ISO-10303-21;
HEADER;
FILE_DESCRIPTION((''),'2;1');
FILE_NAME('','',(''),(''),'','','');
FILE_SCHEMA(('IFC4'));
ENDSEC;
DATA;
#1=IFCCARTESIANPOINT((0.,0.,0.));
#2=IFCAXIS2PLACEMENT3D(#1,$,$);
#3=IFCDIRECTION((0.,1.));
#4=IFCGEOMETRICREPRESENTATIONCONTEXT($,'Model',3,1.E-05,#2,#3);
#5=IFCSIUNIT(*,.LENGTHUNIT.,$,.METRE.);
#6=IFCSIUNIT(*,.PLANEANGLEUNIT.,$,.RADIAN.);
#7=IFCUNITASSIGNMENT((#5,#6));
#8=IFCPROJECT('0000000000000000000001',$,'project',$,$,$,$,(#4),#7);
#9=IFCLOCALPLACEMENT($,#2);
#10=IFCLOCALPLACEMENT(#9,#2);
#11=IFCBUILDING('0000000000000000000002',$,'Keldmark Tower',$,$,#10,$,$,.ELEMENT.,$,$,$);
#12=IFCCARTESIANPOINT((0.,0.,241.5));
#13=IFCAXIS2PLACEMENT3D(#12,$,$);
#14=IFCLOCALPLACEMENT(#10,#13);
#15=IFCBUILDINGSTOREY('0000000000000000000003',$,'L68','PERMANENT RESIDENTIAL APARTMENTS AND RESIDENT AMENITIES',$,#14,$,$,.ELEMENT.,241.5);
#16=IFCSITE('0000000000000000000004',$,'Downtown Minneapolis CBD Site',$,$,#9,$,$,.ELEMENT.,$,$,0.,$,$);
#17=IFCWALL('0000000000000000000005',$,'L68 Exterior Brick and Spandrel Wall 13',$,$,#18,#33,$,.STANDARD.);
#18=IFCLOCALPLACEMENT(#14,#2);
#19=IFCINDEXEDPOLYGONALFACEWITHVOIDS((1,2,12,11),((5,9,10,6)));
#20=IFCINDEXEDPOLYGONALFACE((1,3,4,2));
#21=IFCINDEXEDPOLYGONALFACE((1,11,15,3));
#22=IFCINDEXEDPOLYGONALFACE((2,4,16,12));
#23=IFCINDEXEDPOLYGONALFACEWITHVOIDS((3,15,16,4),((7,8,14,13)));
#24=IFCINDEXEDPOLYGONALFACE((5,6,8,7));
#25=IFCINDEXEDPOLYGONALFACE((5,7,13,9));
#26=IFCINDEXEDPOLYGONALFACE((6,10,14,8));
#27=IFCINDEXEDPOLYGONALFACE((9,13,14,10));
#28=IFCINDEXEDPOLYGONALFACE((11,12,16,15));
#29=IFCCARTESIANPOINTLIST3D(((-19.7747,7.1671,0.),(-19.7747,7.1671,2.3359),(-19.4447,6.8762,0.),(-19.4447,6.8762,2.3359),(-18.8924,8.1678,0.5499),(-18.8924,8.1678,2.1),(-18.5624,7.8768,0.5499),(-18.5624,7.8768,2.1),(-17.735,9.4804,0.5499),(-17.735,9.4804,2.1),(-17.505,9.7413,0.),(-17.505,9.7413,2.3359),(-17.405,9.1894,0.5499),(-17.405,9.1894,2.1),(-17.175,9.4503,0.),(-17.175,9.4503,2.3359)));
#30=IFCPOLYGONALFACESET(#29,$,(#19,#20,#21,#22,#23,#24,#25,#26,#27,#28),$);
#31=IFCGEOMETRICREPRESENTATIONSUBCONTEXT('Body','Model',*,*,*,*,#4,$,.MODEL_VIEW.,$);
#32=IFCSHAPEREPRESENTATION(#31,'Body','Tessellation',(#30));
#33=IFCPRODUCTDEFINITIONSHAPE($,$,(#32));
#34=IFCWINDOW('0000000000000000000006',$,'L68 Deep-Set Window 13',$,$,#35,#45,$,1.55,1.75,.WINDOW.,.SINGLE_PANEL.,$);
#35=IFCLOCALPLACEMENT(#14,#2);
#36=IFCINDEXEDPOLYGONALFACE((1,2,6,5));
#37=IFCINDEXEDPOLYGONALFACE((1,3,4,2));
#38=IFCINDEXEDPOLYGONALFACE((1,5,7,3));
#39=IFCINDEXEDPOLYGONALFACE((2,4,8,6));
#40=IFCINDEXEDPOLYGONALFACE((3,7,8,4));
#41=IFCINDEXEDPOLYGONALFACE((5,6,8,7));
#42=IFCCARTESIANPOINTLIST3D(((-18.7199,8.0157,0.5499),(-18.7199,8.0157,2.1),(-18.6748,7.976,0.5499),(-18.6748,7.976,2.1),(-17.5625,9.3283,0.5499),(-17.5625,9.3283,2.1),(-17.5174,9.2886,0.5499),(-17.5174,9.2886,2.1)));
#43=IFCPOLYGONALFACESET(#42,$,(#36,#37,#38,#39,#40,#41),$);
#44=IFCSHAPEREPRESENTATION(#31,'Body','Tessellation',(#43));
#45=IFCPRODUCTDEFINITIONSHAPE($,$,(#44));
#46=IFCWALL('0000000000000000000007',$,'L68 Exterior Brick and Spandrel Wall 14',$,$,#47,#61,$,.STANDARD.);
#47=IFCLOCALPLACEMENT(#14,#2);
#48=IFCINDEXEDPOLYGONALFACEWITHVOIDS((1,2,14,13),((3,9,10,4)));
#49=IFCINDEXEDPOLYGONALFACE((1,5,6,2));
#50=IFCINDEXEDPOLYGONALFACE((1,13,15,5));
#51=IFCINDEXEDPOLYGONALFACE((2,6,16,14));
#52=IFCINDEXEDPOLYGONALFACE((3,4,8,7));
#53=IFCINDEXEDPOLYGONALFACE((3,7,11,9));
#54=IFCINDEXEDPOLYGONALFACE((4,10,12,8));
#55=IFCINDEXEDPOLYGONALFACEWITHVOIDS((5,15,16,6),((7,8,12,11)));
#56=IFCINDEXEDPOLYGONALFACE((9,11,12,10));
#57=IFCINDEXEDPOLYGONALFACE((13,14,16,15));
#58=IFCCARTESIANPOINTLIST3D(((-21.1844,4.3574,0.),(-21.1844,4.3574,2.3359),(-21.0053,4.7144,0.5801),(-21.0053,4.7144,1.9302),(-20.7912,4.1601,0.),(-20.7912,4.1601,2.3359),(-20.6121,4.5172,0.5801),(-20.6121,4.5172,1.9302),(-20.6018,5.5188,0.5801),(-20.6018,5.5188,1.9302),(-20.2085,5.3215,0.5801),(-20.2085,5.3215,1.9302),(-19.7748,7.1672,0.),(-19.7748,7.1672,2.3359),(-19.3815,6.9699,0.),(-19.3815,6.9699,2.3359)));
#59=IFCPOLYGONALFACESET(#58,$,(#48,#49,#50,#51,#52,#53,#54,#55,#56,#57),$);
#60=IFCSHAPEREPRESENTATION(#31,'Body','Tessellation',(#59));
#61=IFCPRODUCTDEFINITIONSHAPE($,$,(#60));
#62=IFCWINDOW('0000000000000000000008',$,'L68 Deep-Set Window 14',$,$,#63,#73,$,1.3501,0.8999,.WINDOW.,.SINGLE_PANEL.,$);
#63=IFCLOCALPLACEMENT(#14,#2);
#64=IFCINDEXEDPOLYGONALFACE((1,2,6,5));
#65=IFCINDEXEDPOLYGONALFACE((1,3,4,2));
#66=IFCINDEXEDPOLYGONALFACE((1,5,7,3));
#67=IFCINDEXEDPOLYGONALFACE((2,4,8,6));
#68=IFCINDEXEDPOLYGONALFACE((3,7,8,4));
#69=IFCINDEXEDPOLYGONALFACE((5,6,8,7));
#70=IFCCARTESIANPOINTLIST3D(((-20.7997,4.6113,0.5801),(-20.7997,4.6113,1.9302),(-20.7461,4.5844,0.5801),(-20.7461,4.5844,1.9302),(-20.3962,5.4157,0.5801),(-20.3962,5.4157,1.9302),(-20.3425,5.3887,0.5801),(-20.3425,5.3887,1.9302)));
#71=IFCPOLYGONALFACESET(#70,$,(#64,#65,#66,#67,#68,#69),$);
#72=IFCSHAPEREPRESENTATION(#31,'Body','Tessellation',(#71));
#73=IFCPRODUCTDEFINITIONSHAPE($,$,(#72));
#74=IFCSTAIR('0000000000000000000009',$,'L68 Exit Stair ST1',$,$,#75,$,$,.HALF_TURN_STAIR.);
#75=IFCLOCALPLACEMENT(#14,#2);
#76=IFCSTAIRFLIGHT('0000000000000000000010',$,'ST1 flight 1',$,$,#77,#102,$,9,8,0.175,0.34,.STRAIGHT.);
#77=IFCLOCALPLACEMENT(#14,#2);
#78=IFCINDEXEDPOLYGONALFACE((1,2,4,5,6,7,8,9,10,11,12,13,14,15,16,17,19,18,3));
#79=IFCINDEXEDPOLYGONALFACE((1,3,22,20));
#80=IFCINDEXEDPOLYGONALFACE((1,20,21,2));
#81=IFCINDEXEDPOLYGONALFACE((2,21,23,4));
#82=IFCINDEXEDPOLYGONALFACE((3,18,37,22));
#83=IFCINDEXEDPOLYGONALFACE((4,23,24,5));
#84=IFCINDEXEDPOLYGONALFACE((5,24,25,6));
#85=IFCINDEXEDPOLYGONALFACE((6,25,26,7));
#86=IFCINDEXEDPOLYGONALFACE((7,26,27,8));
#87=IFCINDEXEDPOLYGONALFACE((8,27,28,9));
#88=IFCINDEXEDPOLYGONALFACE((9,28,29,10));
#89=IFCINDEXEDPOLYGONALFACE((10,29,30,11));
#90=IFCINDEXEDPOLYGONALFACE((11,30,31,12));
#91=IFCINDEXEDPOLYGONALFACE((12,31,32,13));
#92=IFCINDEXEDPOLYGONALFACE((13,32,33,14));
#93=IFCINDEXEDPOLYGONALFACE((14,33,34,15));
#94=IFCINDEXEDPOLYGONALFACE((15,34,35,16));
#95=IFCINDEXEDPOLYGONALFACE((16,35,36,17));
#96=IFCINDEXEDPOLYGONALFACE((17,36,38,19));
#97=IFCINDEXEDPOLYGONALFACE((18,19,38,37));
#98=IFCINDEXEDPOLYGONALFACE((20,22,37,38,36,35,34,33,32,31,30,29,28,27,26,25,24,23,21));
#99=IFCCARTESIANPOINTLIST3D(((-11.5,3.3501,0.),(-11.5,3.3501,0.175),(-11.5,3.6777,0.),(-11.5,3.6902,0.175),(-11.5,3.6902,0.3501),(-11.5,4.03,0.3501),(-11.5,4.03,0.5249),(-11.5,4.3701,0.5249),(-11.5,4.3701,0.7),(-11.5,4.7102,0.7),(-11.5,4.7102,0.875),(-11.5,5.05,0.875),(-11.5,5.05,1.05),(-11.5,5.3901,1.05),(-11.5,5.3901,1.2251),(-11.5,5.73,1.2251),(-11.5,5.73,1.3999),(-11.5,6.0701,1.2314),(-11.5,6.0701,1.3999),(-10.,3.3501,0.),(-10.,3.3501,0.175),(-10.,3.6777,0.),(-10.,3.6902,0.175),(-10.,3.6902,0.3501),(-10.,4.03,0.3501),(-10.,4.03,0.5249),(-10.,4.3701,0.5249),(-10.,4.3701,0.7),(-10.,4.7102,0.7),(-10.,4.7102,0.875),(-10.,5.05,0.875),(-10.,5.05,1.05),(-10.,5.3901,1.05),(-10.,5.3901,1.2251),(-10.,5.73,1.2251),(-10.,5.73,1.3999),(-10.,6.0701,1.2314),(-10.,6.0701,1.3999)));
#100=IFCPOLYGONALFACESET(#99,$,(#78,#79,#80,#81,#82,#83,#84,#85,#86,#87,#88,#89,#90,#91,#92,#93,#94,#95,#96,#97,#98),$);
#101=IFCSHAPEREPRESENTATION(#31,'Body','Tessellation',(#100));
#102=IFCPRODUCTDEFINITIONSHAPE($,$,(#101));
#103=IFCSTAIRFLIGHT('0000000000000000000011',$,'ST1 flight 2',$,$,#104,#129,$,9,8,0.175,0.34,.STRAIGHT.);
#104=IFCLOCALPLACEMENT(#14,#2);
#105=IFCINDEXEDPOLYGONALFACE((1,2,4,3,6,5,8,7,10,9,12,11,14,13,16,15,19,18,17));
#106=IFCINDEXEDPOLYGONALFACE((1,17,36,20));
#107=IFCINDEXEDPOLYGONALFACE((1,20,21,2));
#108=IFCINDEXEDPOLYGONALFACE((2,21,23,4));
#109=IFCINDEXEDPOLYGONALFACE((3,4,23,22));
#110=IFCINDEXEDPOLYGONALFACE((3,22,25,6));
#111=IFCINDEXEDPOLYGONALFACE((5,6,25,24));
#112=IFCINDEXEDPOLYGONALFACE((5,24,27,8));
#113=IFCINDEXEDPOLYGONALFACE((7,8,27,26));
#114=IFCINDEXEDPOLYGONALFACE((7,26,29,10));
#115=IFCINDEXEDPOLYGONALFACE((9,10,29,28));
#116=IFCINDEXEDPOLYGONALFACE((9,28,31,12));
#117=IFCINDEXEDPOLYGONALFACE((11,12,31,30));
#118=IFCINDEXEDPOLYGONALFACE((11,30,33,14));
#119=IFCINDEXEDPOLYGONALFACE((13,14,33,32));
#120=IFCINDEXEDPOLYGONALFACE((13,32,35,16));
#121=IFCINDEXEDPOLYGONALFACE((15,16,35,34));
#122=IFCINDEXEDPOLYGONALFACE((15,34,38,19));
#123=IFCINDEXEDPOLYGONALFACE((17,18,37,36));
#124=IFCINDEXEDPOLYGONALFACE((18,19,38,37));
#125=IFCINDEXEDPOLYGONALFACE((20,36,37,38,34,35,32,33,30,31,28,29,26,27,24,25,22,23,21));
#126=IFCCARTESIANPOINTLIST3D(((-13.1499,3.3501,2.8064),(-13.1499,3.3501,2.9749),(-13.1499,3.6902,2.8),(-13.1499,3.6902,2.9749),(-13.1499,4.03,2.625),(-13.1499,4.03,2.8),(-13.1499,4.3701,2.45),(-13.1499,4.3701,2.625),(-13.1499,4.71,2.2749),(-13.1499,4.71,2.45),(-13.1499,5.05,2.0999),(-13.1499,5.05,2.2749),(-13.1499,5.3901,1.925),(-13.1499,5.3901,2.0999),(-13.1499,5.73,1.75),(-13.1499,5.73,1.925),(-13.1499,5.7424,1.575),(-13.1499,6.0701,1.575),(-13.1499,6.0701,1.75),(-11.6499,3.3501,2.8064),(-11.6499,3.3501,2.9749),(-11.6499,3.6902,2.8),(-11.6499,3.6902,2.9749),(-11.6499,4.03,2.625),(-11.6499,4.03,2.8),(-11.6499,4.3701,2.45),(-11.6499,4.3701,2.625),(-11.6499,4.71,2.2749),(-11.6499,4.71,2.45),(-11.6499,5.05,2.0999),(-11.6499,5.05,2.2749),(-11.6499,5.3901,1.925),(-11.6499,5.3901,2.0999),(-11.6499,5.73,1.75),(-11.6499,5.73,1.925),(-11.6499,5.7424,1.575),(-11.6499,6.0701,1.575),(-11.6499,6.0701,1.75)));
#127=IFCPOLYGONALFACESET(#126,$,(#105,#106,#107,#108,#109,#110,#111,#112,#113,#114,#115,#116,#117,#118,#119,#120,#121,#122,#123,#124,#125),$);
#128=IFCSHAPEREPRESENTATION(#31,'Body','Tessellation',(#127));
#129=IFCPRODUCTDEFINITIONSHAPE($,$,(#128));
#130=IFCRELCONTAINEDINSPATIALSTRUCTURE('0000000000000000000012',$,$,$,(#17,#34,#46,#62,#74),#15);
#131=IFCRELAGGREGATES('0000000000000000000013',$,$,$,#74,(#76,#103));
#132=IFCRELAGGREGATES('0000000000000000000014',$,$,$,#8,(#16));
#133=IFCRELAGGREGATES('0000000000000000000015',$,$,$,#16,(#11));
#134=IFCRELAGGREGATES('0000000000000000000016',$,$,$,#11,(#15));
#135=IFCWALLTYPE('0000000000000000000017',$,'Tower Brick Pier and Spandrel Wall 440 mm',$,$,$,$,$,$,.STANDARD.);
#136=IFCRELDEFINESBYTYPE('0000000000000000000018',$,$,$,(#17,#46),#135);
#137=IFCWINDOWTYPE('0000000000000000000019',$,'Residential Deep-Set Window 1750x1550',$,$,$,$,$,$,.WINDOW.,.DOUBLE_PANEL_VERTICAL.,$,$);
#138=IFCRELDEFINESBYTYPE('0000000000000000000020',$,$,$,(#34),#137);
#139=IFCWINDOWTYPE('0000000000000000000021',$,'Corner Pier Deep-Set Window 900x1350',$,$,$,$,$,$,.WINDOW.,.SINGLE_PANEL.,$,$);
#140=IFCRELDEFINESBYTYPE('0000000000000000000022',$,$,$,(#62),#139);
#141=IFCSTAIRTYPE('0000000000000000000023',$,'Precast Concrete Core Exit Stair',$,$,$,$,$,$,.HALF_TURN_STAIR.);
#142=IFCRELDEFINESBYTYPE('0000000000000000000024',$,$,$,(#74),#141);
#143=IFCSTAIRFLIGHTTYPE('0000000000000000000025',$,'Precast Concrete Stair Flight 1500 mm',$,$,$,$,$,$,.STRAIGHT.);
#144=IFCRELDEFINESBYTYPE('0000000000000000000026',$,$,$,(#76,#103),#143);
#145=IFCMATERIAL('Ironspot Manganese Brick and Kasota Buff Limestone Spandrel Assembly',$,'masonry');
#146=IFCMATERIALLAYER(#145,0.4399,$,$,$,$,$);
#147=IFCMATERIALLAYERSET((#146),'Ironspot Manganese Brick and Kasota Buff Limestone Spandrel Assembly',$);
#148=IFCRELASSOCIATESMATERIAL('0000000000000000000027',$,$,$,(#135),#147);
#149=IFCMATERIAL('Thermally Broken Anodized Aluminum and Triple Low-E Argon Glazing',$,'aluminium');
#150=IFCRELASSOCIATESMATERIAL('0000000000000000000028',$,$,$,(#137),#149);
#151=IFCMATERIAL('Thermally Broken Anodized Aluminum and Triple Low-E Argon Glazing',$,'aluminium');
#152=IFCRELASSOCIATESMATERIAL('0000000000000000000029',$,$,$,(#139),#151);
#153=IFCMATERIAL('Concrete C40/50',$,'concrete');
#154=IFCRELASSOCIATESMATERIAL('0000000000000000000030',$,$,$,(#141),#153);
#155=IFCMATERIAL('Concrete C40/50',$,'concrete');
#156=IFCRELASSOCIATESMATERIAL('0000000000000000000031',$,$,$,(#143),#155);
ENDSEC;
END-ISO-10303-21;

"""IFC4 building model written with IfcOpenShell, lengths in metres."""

from ifc_helpers import new_model, si_unit, direction, frame, frame_2d, origin, place, context, subcontext, project, spatial, polyline, rectangle, outline, extrude, material, layer, layer_set, type_object, element, fill, aggregate, save


model = new_model("IFC4")

# Units and contexts
model_context = context("Model", 3, precision=1e-05, world=origin(), true_north=direction((0.0, 1.0)))
body_context = subcontext(model_context, "Body", "Model", "MODEL_VIEW")
ifc_project = project(units=[si_unit("LENGTHUNIT", "METRE"), si_unit("PLANEANGLEUNIT", "RADIAN")], contexts=[model_context])

# Site, building, storey
site_placement = place(None, origin())
site = spatial("IfcSite", under=ifc_project, at=site_placement, Name="Downtown Minneapolis CBD Site", CompositionType="ELEMENT", RefElevation=0.0)
building_placement = place(site_placement, origin())
building = spatial("IfcBuilding", under=site, at=building_placement, Name="Keldmark Tower", CompositionType="ELEMENT")
storey_placement = place(building_placement, frame((0.0, 0.0, 241.5)))
storey = spatial("IfcBuildingStorey", under=building, at=storey_placement, Name="L68", Description="PERMANENT RESIDENTIAL APARTMENTS AND RESIDENT AMENITIES", CompositionType="ELEMENT", Elevation=241.5)

# Walls, openings, windows
ifc_material_1 = material(Name="Ironspot Manganese Brick and Kasota Buff Limestone Spandrel Assembly", Category="masonry")
ifc_layer_1 = layer(ifc_material_1, 0.4399)
ifc_layer_set_1 = layer_set([ifc_layer_1], Name="Ironspot Manganese Brick and Kasota Buff Limestone Spandrel Assembly")
wall_type_1 = type_object("IfcWallType", Name="Tower Brick Pier and Spandrel Wall 440 mm", PredefinedType="STANDARD", material=ifc_layer_set_1)
wall_1_placement = place(storey_placement, frame((-19.6096, 7.0217, 0.0), z_axis=(0.0, 0.0, 1.0), x_axis=(0.66136, 0.750068, 0.0)))
wall_1 = element("IfcWall", 1, at=wall_1_placement, inside=storey, type_object=wall_type_1, Name="L68 Exterior Brick and Spandrel Wall 13", PredefinedType="STANDARD", context=body_context, shape_type="SweptSolid", body=[
    extrude(rectangle(XDim=3.4319, YDim=0.4399, at=frame_2d((1.7158, 0.0))), origin(), (0.0, 0.0, 1.0), 2.3359),
])
opening_1_placement = place(wall_1_placement, frame((1.334, 0.0, 0.55)))
opening_1 = element("IfcOpeningElement", 2, at=opening_1_placement, cuts=wall_1, PredefinedType="OPENING", context=body_context, shape_type="SweptSolid", body=[
    extrude(rectangle(XDim=1.75, YDim=1.55, at=frame_2d((0.875, 0.7749))), frame((0.0, 0.23, 0.0), z_axis=(0.0, -1.0, 0.0), x_axis=(1.0, 0.0, 0.0)), (0.0, 0.0, 1.0), 0.46),
])
ifc_material_2 = material(Name="Thermally Broken Anodized Aluminum and Triple Low-E Argon Glazing", Category="aluminium")
window_type_1 = type_object("IfcWindowType", Name="Residential Deep-Set Window 1750x1550", PartitioningType="DOUBLE_PANEL_VERTICAL", PredefinedType="WINDOW", material=ifc_material_2)
window_1_placement = place(opening_1_placement, origin())
window_1 = element("IfcWindow", 3, at=window_1_placement, inside=storey, type_object=window_type_1, Name="L68 Deep-Set Window 13", OverallHeight=1.55, OverallWidth=1.75, PartitioningType="SINGLE_PANEL", PredefinedType="WINDOW", context=body_context, shape_type="SweptSolid", body=[
    extrude(rectangle(XDim=1.75, YDim=1.55, at=frame_2d((0.875, 0.7749))), frame((0.0, -0.01, 0.0), z_axis=(0.0, -1.0, 0.0), x_axis=(1.0, 0.0, 0.0)), (0.0, 0.0, 1.0), 0.0601),
])
fill(opening_1, window_1)
wall_2_placement = place(storey_placement, frame((-20.9878, 4.2588, 0.0), z_axis=(0.0, 0.0, 1.0), x_axis=(0.448425, 0.893821, 0.0)))
wall_2 = element("IfcWall", 4, at=wall_2_placement, inside=storey, type_object=wall_type_1, Name="L68 Exterior Brick and Spandrel Wall 14", PredefinedType="STANDARD", context=body_context, shape_type="SweptSolid", body=[
    extrude(rectangle(XDim=3.1436, YDim=0.4399, at=frame_2d((1.5718, 0.0))), origin(), (0.0, 0.0, 1.0), 2.3359),
])
opening_2_placement = place(wall_2_placement, frame((0.3994, 0.0, 0.5801)))
opening_2 = element("IfcOpeningElement", 5, at=opening_2_placement, cuts=wall_2, PredefinedType="OPENING", context=body_context, shape_type="SweptSolid", body=[
    extrude(rectangle(XDim=0.8999, YDim=1.3501, at=frame_2d((0.45, 0.675))), frame((0.0, 0.23, 0.0), z_axis=(0.0, -1.0, 0.0), x_axis=(1.0, 0.0, 0.0)), (0.0, 0.0, 1.0), 0.46),
])
ifc_material_3 = material(Name="Thermally Broken Anodized Aluminum and Triple Low-E Argon Glazing", Category="aluminium")
window_type_2 = type_object("IfcWindowType", Name="Corner Pier Deep-Set Window 900x1350", PartitioningType="SINGLE_PANEL", PredefinedType="WINDOW", material=ifc_material_3)
window_2_placement = place(opening_2_placement, origin())
window_2 = element("IfcWindow", 6, at=window_2_placement, inside=storey, type_object=window_type_2, Name="L68 Deep-Set Window 14", OverallHeight=1.3501, OverallWidth=0.8999, PartitioningType="SINGLE_PANEL", PredefinedType="WINDOW", context=body_context, shape_type="SweptSolid", body=[
    extrude(rectangle(XDim=0.8999, YDim=1.3501, at=frame_2d((0.45, 0.675))), frame((0.0, -0.01, 0.0), z_axis=(0.0, -1.0, 0.0), x_axis=(1.0, 0.0, 0.0)), (0.0, 0.0, 1.0), 0.0601),
])
fill(opening_2, window_2)

# Stair, stair flights
ifc_material_4 = material(Name="Concrete C40/50", Category="concrete")
stair_type = type_object("IfcStairType", Name="Precast Concrete Core Exit Stair", PredefinedType="HALF_TURN_STAIR", material=ifc_material_4)
stair_placement = place(storey_placement, origin())
stair = element("IfcStair", 7, at=stair_placement, inside=storey, type_object=stair_type, Name="L68 Exit Stair ST1", PredefinedType="HALF_TURN_STAIR")
ifc_material_5 = material(Name="Concrete C40/50", Category="concrete")
stair_flight_type = type_object("IfcStairFlightType", Name="Precast Concrete Stair Flight 1500 mm", PredefinedType="STRAIGHT", material=ifc_material_5)
stair_flight_1_placement = place(storey_placement, frame((-10.75, 3.3501, 0.0), z_axis=(0.0, 0.0, 1.0), x_axis=(0.0, 1.0, 0.0)))
stair_flight_1 = element("IfcStairFlight", 8, at=stair_flight_1_placement, type_object=stair_flight_type, Name="ST1 flight 1", NumberOfRisers=9, NumberOfTreads=8, PredefinedType="STRAIGHT", RiserHeight=0.175, TreadLength=0.34, context=body_context, shape_type="SweptSolid", body=[
    extrude(outline(polyline([(0.0, 0.0), (0.0, 0.175), (0.3401, 0.175), (0.3401, 0.3501), (0.6799, 0.3501), (0.6799, 0.5249), (1.02, 0.5249), (1.02, 0.7), (1.3601, 0.7), (1.3601, 0.875), (1.7, 0.875), (1.7, 1.05), (2.04, 1.05), (2.04, 1.2251), (2.3799, 1.2251), (2.3799, 1.3999), (2.72, 1.3999), (2.72, 1.575), (2.72, 1.2314), (0.3276, 0.0), (0.0, 0.0)])), frame((0.0, 0.75, 0.0), z_axis=(0.0, -1.0, 0.0), x_axis=(1.0, 0.0, 0.0)), (0.0, 0.0, 1.0), 1.5),
])
stair_flight_2_placement = place(storey_placement, frame((-12.3999, 6.0701, 1.575), z_axis=(0.0, 0.0, 1.0), x_axis=(0.0, -1.0, 0.0)))
stair_flight_2 = element("IfcStairFlight", 9, at=stair_flight_2_placement, type_object=stair_flight_type, Name="ST1 flight 2", NumberOfRisers=9, NumberOfTreads=8, PredefinedType="STRAIGHT", RiserHeight=0.175, TreadLength=0.34, context=body_context, shape_type="SweptSolid", body=[
    extrude(outline(polyline([(0.0, 0.0), (0.0, 0.175), (0.3401, 0.175), (0.3401, 0.3501), (0.6799, 0.3501), (0.6799, 0.5249), (1.02, 0.5249), (1.02, 0.7), (1.3601, 0.7), (1.3601, 0.875), (1.7, 0.875), (1.7, 1.05), (2.04, 1.05), (2.04, 1.2251), (2.3799, 1.2251), (2.3799, 1.3999), (2.72, 1.3999), (2.72, 1.575), (2.72, 1.2314), (0.3276, 0.0), (0.0, 0.0)])), frame((0.0, 0.75, 0.0), z_axis=(0.0, -1.0, 0.0), x_axis=(1.0, 0.0, 0.0)), (0.0, 0.0, 1.0), 1.5),
])
aggregate(stair, [stair_flight_1, stair_flight_2])

save(model, "model.ifc")
